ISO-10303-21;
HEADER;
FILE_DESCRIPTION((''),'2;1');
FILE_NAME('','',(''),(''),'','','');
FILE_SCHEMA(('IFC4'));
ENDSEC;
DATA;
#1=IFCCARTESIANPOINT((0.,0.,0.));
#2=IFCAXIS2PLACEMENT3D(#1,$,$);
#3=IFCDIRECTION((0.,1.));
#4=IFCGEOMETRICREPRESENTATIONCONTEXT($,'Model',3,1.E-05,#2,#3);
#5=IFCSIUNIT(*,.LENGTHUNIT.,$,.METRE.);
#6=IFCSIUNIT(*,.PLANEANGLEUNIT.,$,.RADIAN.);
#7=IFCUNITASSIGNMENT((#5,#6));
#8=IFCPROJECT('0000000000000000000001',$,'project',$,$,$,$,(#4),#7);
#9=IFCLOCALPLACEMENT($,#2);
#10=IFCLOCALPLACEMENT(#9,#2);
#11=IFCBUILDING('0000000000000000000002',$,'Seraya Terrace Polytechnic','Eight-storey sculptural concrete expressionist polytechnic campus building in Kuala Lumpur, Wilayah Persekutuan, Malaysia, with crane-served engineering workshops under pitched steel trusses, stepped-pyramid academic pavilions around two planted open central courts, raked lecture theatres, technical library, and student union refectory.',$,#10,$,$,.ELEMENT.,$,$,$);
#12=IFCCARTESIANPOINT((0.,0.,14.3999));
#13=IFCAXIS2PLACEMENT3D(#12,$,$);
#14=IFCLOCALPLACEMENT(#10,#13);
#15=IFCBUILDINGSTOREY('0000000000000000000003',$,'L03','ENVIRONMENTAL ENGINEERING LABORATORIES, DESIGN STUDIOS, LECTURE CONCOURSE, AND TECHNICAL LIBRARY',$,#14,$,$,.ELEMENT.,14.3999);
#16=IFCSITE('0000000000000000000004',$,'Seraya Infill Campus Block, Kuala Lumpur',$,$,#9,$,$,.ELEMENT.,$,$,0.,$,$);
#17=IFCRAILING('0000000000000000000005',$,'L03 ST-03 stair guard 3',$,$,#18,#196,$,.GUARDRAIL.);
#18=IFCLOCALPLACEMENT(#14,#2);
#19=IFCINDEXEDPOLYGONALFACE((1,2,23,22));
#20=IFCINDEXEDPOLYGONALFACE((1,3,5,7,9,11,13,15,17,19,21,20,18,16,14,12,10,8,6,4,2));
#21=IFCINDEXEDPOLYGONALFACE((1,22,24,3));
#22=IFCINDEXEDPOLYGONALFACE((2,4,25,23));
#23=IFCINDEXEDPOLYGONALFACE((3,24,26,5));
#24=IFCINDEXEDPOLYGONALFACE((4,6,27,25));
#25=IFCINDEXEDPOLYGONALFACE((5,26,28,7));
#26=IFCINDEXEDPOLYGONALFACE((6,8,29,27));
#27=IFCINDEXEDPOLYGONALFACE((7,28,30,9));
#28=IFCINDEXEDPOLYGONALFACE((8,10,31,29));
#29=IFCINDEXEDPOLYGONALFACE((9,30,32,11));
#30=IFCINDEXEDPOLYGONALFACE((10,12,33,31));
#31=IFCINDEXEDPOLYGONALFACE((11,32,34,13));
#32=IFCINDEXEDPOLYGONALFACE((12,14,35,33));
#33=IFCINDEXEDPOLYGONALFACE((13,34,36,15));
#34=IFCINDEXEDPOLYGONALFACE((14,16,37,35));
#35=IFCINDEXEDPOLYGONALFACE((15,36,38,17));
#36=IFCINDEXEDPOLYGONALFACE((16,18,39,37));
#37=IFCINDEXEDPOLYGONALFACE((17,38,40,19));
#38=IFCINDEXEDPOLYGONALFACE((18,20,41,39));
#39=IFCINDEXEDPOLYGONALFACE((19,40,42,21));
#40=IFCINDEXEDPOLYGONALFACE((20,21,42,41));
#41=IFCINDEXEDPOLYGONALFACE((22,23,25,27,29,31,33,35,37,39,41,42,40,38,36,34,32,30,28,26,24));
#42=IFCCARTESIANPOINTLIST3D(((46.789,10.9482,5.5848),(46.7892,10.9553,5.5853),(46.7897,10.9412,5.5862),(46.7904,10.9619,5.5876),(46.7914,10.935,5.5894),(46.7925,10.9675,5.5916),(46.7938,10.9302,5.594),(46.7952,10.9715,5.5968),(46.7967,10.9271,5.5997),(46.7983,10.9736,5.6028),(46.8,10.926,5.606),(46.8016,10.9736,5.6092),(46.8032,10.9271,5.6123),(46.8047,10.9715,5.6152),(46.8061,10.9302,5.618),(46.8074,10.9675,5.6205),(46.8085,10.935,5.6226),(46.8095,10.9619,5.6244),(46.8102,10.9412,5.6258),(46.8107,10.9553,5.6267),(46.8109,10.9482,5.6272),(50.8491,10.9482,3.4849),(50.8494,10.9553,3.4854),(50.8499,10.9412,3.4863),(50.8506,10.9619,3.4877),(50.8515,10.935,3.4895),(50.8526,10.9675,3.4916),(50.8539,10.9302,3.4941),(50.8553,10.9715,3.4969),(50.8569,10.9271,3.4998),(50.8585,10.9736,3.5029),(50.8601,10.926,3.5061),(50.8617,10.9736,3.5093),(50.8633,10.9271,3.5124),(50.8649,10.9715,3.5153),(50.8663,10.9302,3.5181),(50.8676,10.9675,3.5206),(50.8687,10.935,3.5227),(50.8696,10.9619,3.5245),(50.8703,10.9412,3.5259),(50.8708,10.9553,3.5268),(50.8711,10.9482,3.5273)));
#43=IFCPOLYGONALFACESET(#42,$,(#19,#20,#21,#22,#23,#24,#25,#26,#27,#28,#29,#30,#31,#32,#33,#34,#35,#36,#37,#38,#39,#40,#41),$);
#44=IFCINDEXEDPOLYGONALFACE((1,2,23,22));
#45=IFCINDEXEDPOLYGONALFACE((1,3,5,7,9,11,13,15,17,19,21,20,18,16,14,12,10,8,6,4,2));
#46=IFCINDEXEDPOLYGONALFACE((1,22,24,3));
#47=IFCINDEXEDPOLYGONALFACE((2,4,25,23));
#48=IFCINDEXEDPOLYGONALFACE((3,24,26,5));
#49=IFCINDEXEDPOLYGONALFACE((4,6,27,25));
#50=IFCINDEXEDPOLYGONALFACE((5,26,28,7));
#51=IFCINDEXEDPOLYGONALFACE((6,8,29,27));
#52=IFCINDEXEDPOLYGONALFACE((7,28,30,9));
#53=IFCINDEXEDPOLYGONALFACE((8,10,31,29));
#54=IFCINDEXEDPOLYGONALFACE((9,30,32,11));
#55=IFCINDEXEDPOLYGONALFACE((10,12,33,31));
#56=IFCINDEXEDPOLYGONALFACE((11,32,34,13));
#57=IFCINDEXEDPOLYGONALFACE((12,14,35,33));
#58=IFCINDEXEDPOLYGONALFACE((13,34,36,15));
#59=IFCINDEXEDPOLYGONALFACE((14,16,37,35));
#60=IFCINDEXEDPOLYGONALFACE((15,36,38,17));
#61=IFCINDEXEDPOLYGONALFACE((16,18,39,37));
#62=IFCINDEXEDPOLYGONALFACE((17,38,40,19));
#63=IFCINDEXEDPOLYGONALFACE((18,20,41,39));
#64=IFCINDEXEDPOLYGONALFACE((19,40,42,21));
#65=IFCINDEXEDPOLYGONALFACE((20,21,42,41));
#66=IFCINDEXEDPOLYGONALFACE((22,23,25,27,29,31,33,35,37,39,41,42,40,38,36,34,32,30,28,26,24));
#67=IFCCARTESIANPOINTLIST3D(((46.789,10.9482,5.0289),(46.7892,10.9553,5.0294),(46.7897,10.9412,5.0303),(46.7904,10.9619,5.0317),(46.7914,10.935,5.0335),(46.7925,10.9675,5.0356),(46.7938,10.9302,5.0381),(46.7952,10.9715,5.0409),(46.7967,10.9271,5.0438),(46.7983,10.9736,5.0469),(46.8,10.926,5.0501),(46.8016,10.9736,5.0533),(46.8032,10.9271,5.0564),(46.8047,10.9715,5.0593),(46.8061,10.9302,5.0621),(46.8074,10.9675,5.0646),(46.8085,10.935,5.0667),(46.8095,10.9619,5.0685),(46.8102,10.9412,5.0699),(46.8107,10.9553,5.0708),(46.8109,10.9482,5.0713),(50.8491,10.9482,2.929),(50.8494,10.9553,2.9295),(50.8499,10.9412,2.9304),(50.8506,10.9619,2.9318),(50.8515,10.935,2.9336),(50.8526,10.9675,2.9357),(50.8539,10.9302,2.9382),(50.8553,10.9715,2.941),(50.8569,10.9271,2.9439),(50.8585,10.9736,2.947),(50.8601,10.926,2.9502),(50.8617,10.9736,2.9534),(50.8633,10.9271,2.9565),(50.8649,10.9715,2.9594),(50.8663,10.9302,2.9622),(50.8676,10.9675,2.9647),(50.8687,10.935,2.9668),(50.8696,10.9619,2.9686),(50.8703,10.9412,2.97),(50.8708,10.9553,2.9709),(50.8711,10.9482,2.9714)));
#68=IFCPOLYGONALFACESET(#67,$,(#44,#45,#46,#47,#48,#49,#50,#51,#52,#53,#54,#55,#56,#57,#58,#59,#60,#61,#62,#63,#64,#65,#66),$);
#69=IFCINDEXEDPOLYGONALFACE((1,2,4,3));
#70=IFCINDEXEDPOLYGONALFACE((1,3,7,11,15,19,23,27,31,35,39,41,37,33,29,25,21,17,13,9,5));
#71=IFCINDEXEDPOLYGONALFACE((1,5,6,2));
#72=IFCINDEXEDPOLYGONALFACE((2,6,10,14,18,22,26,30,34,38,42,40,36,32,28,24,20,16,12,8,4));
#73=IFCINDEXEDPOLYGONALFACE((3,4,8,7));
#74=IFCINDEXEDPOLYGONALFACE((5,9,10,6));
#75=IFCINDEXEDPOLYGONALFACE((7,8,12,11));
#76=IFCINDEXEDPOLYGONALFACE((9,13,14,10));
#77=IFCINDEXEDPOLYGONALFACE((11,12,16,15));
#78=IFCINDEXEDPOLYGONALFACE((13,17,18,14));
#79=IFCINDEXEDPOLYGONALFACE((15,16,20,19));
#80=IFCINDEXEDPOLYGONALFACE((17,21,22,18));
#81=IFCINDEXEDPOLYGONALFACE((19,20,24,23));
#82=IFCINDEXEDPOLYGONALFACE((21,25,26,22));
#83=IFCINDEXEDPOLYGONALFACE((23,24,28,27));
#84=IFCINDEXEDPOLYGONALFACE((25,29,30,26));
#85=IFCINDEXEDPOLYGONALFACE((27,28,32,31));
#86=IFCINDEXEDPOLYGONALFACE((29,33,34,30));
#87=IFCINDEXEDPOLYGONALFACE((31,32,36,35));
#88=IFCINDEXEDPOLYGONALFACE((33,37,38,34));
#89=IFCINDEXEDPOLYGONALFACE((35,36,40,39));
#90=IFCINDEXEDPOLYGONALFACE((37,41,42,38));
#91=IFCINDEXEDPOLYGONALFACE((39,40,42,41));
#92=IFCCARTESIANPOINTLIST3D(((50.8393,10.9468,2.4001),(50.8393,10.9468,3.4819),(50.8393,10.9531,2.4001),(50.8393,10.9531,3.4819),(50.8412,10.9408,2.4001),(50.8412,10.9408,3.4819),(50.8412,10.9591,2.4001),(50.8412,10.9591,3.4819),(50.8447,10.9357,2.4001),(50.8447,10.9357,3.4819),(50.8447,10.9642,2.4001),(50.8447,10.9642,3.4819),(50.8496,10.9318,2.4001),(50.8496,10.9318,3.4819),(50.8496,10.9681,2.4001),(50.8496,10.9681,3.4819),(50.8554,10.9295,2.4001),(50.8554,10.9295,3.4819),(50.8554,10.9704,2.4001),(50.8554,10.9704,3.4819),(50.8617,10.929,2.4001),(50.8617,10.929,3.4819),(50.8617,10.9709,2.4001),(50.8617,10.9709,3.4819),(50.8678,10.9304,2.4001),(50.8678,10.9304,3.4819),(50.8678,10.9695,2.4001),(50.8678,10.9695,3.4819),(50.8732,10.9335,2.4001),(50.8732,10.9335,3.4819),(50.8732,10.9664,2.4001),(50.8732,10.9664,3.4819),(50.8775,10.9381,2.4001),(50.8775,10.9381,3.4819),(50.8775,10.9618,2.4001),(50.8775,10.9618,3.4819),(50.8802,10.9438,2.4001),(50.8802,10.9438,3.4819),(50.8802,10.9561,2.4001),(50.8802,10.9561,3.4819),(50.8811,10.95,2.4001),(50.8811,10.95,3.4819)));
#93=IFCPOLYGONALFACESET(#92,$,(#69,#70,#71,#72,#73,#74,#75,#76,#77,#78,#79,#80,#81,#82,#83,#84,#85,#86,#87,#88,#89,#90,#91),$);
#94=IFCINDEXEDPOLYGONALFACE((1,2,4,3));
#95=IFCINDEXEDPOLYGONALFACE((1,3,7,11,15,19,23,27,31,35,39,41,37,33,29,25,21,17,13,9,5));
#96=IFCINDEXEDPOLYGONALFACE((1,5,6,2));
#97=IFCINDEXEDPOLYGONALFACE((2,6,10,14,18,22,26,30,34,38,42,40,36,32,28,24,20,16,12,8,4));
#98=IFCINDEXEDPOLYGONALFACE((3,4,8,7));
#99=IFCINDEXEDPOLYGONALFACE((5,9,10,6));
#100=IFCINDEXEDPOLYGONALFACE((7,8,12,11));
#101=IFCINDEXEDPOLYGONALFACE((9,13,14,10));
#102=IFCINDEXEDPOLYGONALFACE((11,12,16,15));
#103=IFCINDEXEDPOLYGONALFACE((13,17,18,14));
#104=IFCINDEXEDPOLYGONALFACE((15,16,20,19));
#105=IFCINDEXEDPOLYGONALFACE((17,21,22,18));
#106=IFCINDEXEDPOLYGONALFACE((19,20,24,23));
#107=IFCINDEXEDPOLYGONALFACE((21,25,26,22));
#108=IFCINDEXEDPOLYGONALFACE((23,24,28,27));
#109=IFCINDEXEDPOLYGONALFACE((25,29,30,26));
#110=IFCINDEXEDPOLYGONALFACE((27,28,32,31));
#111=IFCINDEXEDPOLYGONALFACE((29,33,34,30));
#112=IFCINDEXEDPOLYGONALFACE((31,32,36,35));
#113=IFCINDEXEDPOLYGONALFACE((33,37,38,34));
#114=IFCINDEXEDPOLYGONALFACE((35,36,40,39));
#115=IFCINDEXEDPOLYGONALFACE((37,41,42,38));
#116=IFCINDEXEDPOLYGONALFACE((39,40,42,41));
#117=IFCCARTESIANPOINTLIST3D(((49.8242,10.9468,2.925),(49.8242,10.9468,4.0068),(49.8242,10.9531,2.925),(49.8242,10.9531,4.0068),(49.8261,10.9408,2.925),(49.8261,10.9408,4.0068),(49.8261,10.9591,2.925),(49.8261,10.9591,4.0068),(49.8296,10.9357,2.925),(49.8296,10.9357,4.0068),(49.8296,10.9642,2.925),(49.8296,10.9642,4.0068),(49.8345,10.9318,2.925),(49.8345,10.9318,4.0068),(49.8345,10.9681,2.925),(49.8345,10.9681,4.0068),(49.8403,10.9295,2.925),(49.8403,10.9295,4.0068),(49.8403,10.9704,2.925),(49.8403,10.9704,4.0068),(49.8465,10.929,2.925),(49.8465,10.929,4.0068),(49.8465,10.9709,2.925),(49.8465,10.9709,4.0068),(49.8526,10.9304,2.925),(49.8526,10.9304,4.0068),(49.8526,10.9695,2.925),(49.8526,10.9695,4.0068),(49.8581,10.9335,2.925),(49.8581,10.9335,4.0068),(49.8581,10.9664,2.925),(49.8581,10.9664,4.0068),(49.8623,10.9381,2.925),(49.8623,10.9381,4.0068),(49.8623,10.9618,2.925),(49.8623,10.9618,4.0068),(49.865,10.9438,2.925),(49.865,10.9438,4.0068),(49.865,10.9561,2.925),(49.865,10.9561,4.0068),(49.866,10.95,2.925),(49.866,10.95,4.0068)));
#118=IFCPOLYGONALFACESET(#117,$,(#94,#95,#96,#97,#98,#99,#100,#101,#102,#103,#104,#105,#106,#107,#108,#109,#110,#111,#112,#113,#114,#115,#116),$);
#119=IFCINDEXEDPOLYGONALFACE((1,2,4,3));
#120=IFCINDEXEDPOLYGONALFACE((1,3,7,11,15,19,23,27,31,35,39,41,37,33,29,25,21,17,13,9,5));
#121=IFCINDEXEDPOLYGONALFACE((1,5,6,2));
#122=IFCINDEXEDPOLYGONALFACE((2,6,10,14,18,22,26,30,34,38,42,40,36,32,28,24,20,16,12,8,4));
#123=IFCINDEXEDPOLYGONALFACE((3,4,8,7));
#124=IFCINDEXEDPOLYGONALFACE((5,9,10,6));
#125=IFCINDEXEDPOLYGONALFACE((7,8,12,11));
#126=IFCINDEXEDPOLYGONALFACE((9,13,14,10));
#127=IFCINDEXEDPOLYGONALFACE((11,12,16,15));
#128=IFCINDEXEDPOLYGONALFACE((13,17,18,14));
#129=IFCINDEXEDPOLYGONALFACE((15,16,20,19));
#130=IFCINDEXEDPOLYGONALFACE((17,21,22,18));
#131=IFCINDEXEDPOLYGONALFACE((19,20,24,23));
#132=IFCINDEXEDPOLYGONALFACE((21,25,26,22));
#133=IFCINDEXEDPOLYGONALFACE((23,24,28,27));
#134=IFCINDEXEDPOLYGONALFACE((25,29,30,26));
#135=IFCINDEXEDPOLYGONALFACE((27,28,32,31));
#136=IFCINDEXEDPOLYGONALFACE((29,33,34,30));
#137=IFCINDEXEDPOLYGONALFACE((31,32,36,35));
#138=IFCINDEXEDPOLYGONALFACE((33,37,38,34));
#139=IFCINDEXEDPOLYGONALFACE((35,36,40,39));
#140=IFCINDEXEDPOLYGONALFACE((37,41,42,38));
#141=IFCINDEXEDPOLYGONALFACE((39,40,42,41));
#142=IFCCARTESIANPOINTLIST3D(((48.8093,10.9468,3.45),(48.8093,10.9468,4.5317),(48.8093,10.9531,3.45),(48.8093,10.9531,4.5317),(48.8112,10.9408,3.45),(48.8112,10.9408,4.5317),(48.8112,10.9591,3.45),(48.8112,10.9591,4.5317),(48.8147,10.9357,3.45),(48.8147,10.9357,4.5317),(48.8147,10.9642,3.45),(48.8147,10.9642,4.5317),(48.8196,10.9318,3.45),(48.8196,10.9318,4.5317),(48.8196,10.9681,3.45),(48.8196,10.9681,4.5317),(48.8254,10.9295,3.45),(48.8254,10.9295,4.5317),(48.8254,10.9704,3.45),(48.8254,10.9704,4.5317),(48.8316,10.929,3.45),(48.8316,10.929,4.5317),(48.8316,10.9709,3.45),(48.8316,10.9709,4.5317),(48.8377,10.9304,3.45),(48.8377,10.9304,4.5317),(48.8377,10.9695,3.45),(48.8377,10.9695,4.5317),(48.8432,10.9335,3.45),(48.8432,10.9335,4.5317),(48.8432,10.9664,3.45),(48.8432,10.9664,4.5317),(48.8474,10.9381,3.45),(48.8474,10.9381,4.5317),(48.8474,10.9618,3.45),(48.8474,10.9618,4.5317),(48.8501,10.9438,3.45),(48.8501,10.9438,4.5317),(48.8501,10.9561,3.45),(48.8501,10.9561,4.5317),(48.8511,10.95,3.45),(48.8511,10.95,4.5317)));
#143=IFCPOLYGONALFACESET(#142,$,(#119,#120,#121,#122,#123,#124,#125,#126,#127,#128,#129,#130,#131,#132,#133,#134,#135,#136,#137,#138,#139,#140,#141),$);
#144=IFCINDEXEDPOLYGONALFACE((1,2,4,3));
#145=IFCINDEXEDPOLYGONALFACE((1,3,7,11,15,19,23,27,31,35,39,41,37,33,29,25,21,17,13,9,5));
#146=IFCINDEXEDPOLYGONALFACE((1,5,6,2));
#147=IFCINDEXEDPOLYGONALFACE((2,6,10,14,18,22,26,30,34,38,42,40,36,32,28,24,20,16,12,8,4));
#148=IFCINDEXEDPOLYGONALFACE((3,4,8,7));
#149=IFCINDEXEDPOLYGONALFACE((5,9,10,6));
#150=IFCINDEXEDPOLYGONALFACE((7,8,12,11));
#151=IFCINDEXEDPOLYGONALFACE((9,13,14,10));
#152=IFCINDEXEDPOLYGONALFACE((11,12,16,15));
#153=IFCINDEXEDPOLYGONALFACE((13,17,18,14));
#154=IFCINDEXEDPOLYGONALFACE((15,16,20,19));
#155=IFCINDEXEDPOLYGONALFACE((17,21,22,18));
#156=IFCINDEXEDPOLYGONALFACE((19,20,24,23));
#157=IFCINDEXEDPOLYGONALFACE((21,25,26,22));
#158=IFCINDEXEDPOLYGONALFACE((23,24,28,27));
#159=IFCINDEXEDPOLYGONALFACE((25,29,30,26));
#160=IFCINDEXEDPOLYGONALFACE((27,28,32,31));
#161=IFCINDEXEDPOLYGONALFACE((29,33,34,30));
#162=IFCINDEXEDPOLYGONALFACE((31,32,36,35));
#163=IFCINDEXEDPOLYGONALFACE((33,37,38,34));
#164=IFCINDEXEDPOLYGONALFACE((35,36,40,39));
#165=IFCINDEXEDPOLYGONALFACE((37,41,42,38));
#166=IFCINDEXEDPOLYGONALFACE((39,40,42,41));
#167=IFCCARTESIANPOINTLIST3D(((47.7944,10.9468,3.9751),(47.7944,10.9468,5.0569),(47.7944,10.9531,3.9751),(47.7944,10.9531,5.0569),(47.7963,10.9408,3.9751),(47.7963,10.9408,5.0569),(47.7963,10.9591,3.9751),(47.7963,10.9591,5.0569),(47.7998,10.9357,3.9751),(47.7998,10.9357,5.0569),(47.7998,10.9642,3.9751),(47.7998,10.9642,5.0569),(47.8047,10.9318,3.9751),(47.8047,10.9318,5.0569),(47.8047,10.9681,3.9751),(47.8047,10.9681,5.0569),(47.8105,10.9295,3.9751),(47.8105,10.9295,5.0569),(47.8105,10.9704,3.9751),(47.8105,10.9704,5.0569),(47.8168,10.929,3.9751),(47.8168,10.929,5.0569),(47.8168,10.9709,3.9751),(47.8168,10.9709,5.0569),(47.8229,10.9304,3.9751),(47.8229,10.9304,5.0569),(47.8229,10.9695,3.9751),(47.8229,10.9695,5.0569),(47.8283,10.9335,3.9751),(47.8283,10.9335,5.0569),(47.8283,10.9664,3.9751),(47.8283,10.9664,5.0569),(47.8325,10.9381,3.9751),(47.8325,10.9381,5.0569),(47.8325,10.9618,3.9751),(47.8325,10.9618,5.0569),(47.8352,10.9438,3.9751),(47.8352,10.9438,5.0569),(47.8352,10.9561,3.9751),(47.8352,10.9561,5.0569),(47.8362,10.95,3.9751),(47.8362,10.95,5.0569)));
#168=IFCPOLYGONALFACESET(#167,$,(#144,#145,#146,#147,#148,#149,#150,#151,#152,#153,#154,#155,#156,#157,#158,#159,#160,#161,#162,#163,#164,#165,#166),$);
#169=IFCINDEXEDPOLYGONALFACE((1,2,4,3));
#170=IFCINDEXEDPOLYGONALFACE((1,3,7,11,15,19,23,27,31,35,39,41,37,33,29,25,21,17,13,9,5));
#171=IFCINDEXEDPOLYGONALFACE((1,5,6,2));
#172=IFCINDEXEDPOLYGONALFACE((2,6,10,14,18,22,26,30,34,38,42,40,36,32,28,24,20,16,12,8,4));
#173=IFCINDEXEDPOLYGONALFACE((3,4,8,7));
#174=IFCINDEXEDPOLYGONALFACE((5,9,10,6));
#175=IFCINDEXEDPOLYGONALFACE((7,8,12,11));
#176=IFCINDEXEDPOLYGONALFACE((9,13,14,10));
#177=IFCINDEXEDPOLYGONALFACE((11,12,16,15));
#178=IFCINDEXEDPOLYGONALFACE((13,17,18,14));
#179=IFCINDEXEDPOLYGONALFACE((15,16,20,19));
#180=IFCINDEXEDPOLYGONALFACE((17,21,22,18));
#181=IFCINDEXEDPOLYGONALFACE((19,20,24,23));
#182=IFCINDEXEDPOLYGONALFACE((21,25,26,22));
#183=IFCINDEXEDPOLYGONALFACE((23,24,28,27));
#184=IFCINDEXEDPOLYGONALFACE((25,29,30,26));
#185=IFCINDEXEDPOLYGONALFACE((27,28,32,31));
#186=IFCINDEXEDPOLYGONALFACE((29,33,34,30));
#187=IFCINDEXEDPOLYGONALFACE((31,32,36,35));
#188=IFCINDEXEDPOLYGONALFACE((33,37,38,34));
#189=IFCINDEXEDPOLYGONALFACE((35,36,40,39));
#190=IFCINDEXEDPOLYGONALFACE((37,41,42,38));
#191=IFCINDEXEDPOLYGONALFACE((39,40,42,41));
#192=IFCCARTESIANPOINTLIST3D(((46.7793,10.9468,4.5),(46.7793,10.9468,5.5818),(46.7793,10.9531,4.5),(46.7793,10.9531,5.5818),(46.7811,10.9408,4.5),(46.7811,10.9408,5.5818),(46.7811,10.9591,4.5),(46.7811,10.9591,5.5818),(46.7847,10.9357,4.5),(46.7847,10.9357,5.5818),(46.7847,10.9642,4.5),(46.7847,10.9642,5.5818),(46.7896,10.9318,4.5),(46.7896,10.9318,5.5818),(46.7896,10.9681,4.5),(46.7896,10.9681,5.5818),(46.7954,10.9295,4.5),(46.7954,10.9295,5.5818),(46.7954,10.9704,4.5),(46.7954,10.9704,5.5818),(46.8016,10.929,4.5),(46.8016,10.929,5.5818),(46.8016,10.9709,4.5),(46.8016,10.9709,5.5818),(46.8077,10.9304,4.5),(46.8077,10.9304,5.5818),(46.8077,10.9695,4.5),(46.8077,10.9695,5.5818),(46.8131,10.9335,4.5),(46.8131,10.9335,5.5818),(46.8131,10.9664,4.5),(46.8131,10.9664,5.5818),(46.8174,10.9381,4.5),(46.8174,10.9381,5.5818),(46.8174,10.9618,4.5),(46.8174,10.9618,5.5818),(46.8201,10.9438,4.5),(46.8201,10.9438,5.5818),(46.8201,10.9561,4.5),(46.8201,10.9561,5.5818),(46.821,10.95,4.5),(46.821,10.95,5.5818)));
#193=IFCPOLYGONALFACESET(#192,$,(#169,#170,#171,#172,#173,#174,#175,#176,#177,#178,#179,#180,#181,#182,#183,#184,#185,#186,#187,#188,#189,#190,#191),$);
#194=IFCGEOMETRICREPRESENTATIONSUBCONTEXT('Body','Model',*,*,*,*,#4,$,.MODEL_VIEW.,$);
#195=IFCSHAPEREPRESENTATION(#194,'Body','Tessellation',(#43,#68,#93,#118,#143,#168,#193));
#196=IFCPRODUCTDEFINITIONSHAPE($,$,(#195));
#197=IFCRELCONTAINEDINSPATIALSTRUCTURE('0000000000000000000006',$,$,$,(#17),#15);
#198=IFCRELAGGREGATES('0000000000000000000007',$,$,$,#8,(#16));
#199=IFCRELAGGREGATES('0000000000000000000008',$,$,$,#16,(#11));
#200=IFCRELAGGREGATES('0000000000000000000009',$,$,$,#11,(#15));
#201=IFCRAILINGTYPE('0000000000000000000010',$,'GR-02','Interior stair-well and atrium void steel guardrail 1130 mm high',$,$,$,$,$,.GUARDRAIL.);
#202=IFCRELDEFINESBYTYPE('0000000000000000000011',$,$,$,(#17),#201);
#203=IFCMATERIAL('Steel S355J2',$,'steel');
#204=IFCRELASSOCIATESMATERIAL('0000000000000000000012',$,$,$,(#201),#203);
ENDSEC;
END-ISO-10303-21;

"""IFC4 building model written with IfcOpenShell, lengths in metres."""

from ifc_helpers import new_model, si_unit, direction, frame, origin, origin_2d, place, context, subcontext, project, spatial, circle, extrude, material, type_object, element, save


model = new_model("IFC4")

# Units and contexts
model_context = context("Model", 3, precision=1e-05, world=origin(), true_north=direction((0.0, 1.0)))
body_context = subcontext(model_context, "Body", "Model", "MODEL_VIEW")
ifc_project = project(units=[si_unit("LENGTHUNIT", "METRE"), si_unit("PLANEANGLEUNIT", "RADIAN")], contexts=[model_context])

# Site, building, storey
site_placement = place(None, origin())
site = spatial("IfcSite", under=ifc_project, at=site_placement, Name="Seraya Infill Campus Block, Kuala Lumpur", CompositionType="ELEMENT", RefElevation=0.0)
building_placement = place(site_placement, origin())
building = spatial("IfcBuilding", under=site, at=building_placement, Name="Seraya Terrace Polytechnic", Description="Eight-storey sculptural concrete expressionist polytechnic campus building in Kuala Lumpur, Wilayah Persekutuan, Malaysia, with crane-served engineering workshops under pitched steel trusses, stepped-pyramid academic pavilions around two planted open central courts, raked lecture theatres, technical library, and student union refectory.", CompositionType="ELEMENT")
storey_placement = place(building_placement, frame((0.0, 0.0, 14.3999)))
storey = spatial("IfcBuildingStorey", under=building, at=storey_placement, Name="L03", Description="ENVIRONMENTAL ENGINEERING LABORATORIES, DESIGN STUDIOS, LECTURE CONCOURSE, AND TECHNICAL LIBRARY", CompositionType="ELEMENT", Elevation=14.3999)

# Shared definitions
ifc_material_1 = material(Name="Steel S355J2", Category="steel")

# Railing
railing_type_1 = type_object("IfcRailingType", Name="GR-02", Description="Interior stair-well and atrium void steel guardrail 1130 mm high", PredefinedType="GUARDRAIL", material=ifc_material_1)
railing_1_placement = place(storey_placement, frame((50.8601, 10.95, 2.4001)))
element("IfcRailing", 1, at=railing_1_placement, inside=storey, type_object=railing_type_1, Name="L03 ST-03 stair guard 3", PredefinedType="GUARDRAIL", context=body_context, shape_type="SweptSolid", body=[
    extrude(circle(Radius=0.0239, at=origin_2d()), frame((0.0, 0.0, 1.106), z_axis=(-0.888233, 0.0, 0.459392), x_axis=(0.0, -1.0, 0.0)), (0.0, 0.0, 1.0), 4.571),
    extrude(circle(Radius=0.0239, at=origin_2d()), frame((0.0, 0.0, 0.55), z_axis=(-0.888233, 0.0, 0.459392), x_axis=(0.0, -1.0, 0.0)), (0.0, 0.0, 1.0), 4.571),
    extrude(circle(Radius=0.021, at=origin_2d()), origin(), (0.0, 0.0, 1.0), 1.0818),
    extrude(circle(Radius=0.021, at=origin_2d()), frame((-1.0151, 0.0, 0.5249)), (0.0, 0.0, 1.0), 1.0818),
    extrude(circle(Radius=0.021, at=origin_2d()), frame((-2.03, 0.0, 1.0498)), (0.0, 0.0, 1.0), 1.0818),
    extrude(circle(Radius=0.021, at=origin_2d()), frame((-3.0449, 0.0, 1.575)), (0.0, 0.0, 1.0), 1.0818),
    extrude(circle(Radius=0.021, at=origin_2d()), frame((-4.0601, 0.0, 2.0999)), (0.0, 0.0, 1.0), 1.0818),
])

save(model, "model.ifc")
